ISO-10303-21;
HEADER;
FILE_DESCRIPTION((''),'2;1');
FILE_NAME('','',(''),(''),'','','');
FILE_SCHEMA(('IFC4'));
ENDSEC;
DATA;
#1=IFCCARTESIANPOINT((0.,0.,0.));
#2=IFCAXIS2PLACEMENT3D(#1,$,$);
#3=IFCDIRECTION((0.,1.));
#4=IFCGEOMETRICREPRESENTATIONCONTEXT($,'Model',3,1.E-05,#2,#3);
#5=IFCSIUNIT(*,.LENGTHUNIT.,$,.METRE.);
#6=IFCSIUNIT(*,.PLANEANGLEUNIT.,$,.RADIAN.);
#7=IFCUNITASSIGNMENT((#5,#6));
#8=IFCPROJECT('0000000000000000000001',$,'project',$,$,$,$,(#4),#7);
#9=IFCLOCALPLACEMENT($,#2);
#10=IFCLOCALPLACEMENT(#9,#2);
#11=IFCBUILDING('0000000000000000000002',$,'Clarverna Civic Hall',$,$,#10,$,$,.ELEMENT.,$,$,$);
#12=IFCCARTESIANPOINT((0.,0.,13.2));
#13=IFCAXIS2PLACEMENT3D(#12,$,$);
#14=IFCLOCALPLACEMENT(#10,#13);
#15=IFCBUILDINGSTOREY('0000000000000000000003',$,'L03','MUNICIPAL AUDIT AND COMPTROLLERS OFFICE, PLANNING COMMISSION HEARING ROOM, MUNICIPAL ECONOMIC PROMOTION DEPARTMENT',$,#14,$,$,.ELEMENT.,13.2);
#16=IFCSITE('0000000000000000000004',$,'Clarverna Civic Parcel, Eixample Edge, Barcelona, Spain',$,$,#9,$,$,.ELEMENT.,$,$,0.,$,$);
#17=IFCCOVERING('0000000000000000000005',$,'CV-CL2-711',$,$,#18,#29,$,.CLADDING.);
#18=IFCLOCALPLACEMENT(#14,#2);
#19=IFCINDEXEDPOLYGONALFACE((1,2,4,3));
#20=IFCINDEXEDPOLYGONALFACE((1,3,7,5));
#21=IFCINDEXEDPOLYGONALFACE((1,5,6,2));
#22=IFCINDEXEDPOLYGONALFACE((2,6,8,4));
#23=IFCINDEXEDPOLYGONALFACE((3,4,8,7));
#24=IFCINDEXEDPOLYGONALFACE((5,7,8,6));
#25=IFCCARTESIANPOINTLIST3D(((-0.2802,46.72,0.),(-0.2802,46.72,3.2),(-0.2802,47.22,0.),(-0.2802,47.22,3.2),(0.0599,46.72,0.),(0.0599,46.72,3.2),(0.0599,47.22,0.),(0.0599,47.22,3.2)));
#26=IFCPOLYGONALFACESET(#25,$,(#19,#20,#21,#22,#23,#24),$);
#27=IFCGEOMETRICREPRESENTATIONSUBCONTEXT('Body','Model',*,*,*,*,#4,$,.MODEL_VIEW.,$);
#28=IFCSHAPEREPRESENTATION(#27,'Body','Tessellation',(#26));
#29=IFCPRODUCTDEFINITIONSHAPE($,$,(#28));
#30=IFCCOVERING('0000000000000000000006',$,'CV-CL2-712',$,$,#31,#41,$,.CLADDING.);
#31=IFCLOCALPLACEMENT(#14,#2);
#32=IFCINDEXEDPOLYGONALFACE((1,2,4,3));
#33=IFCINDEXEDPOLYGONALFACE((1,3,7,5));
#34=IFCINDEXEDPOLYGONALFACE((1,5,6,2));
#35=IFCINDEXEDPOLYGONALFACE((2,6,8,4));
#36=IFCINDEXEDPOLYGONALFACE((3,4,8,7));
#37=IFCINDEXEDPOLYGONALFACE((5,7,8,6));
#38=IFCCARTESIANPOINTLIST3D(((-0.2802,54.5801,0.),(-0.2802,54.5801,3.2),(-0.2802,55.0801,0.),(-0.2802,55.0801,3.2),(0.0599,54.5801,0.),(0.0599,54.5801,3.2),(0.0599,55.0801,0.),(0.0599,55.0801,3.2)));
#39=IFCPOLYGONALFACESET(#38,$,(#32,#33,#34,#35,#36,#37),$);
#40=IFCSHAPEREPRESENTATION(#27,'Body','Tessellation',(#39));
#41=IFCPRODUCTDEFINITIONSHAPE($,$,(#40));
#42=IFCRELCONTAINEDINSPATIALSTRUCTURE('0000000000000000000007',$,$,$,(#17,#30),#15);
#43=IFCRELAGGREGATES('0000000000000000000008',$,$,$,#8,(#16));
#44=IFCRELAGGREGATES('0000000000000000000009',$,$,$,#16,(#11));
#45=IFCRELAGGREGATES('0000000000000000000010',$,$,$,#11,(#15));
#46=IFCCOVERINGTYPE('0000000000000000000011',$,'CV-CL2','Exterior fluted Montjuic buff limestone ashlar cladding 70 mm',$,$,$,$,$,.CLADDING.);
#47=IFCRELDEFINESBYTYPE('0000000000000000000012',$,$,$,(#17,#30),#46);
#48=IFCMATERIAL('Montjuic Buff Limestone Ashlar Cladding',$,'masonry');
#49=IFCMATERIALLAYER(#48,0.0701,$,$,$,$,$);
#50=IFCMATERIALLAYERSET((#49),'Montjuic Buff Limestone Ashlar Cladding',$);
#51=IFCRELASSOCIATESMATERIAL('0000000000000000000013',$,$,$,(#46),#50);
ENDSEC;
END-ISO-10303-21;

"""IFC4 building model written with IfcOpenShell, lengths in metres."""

from ifc_helpers import new_model, si_unit, direction, frame, frame_2d, origin, place, context, subcontext, project, spatial, rectangle, extrude, material, layer, layer_set, type_object, element, save


model = new_model("IFC4")

# Units and contexts
model_context = context("Model", 3, precision=1e-05, world=origin(), true_north=direction((0.0, 1.0)))
body_context = subcontext(model_context, "Body", "Model", "MODEL_VIEW")
ifc_project = project(units=[si_unit("LENGTHUNIT", "METRE"), si_unit("PLANEANGLEUNIT", "RADIAN")], contexts=[model_context])

# Site, building, storey
site_placement = place(None, origin())
site = spatial("IfcSite", under=ifc_project, at=site_placement, Name="Clarverna Civic Parcel, Eixample Edge, Barcelona, Spain", CompositionType="ELEMENT", RefElevation=0.0)
building_placement = place(site_placement, origin())
building = spatial("IfcBuilding", under=site, at=building_placement, Name="Clarverna Civic Hall", CompositionType="ELEMENT")
storey_placement = place(building_placement, frame((0.0, 0.0, 13.2)))
storey = spatial("IfcBuildingStorey", under=building, at=storey_placement, Name="L03", Description="MUNICIPAL AUDIT AND COMPTROLLERS OFFICE, PLANNING COMMISSION HEARING ROOM, MUNICIPAL ECONOMIC PROMOTION DEPARTMENT", CompositionType="ELEMENT", Elevation=13.2)

# Coverings
ifc_material_1 = material(Name="Montjuic Buff Limestone Ashlar Cladding", Category="masonry")
ifc_layer_1 = layer(ifc_material_1, 0.0701)
ifc_layer_set_1 = layer_set([ifc_layer_1], Name="Montjuic Buff Limestone Ashlar Cladding")
covering_type = type_object("IfcCoveringType", Name="CV-CL2", Description="Exterior fluted Montjuic buff limestone ashlar cladding 70 mm", PredefinedType="CLADDING", material=ifc_layer_set_1)
for number, where, z_axis, x_axis, name in (
    (1, (-0.1101, 46.72, 0.0), (0.0, 0.0, 1.0), (0.0, 1.0, 0.0), "CV-CL2-711"),
    (2, (-0.1101, 54.5801, 0.0), (0.0, 0.0, 1.0), (0.0, 1.0, 0.0), "CV-CL2-712"),
):
    element("IfcCovering", number, at=place(storey_placement, frame(where, z_axis=z_axis, x_axis=x_axis)), inside=storey, type_object=covering_type, Name=name, PredefinedType="CLADDING", context=body_context, shape_type="SweptSolid", body=[
        extrude(rectangle(XDim=0.5, YDim=0.3401, at=frame_2d((0.25, 0.0))), origin(), (0.0, 0.0, 1.0), 3.2),
    ])

save(model, "model.ifc")
